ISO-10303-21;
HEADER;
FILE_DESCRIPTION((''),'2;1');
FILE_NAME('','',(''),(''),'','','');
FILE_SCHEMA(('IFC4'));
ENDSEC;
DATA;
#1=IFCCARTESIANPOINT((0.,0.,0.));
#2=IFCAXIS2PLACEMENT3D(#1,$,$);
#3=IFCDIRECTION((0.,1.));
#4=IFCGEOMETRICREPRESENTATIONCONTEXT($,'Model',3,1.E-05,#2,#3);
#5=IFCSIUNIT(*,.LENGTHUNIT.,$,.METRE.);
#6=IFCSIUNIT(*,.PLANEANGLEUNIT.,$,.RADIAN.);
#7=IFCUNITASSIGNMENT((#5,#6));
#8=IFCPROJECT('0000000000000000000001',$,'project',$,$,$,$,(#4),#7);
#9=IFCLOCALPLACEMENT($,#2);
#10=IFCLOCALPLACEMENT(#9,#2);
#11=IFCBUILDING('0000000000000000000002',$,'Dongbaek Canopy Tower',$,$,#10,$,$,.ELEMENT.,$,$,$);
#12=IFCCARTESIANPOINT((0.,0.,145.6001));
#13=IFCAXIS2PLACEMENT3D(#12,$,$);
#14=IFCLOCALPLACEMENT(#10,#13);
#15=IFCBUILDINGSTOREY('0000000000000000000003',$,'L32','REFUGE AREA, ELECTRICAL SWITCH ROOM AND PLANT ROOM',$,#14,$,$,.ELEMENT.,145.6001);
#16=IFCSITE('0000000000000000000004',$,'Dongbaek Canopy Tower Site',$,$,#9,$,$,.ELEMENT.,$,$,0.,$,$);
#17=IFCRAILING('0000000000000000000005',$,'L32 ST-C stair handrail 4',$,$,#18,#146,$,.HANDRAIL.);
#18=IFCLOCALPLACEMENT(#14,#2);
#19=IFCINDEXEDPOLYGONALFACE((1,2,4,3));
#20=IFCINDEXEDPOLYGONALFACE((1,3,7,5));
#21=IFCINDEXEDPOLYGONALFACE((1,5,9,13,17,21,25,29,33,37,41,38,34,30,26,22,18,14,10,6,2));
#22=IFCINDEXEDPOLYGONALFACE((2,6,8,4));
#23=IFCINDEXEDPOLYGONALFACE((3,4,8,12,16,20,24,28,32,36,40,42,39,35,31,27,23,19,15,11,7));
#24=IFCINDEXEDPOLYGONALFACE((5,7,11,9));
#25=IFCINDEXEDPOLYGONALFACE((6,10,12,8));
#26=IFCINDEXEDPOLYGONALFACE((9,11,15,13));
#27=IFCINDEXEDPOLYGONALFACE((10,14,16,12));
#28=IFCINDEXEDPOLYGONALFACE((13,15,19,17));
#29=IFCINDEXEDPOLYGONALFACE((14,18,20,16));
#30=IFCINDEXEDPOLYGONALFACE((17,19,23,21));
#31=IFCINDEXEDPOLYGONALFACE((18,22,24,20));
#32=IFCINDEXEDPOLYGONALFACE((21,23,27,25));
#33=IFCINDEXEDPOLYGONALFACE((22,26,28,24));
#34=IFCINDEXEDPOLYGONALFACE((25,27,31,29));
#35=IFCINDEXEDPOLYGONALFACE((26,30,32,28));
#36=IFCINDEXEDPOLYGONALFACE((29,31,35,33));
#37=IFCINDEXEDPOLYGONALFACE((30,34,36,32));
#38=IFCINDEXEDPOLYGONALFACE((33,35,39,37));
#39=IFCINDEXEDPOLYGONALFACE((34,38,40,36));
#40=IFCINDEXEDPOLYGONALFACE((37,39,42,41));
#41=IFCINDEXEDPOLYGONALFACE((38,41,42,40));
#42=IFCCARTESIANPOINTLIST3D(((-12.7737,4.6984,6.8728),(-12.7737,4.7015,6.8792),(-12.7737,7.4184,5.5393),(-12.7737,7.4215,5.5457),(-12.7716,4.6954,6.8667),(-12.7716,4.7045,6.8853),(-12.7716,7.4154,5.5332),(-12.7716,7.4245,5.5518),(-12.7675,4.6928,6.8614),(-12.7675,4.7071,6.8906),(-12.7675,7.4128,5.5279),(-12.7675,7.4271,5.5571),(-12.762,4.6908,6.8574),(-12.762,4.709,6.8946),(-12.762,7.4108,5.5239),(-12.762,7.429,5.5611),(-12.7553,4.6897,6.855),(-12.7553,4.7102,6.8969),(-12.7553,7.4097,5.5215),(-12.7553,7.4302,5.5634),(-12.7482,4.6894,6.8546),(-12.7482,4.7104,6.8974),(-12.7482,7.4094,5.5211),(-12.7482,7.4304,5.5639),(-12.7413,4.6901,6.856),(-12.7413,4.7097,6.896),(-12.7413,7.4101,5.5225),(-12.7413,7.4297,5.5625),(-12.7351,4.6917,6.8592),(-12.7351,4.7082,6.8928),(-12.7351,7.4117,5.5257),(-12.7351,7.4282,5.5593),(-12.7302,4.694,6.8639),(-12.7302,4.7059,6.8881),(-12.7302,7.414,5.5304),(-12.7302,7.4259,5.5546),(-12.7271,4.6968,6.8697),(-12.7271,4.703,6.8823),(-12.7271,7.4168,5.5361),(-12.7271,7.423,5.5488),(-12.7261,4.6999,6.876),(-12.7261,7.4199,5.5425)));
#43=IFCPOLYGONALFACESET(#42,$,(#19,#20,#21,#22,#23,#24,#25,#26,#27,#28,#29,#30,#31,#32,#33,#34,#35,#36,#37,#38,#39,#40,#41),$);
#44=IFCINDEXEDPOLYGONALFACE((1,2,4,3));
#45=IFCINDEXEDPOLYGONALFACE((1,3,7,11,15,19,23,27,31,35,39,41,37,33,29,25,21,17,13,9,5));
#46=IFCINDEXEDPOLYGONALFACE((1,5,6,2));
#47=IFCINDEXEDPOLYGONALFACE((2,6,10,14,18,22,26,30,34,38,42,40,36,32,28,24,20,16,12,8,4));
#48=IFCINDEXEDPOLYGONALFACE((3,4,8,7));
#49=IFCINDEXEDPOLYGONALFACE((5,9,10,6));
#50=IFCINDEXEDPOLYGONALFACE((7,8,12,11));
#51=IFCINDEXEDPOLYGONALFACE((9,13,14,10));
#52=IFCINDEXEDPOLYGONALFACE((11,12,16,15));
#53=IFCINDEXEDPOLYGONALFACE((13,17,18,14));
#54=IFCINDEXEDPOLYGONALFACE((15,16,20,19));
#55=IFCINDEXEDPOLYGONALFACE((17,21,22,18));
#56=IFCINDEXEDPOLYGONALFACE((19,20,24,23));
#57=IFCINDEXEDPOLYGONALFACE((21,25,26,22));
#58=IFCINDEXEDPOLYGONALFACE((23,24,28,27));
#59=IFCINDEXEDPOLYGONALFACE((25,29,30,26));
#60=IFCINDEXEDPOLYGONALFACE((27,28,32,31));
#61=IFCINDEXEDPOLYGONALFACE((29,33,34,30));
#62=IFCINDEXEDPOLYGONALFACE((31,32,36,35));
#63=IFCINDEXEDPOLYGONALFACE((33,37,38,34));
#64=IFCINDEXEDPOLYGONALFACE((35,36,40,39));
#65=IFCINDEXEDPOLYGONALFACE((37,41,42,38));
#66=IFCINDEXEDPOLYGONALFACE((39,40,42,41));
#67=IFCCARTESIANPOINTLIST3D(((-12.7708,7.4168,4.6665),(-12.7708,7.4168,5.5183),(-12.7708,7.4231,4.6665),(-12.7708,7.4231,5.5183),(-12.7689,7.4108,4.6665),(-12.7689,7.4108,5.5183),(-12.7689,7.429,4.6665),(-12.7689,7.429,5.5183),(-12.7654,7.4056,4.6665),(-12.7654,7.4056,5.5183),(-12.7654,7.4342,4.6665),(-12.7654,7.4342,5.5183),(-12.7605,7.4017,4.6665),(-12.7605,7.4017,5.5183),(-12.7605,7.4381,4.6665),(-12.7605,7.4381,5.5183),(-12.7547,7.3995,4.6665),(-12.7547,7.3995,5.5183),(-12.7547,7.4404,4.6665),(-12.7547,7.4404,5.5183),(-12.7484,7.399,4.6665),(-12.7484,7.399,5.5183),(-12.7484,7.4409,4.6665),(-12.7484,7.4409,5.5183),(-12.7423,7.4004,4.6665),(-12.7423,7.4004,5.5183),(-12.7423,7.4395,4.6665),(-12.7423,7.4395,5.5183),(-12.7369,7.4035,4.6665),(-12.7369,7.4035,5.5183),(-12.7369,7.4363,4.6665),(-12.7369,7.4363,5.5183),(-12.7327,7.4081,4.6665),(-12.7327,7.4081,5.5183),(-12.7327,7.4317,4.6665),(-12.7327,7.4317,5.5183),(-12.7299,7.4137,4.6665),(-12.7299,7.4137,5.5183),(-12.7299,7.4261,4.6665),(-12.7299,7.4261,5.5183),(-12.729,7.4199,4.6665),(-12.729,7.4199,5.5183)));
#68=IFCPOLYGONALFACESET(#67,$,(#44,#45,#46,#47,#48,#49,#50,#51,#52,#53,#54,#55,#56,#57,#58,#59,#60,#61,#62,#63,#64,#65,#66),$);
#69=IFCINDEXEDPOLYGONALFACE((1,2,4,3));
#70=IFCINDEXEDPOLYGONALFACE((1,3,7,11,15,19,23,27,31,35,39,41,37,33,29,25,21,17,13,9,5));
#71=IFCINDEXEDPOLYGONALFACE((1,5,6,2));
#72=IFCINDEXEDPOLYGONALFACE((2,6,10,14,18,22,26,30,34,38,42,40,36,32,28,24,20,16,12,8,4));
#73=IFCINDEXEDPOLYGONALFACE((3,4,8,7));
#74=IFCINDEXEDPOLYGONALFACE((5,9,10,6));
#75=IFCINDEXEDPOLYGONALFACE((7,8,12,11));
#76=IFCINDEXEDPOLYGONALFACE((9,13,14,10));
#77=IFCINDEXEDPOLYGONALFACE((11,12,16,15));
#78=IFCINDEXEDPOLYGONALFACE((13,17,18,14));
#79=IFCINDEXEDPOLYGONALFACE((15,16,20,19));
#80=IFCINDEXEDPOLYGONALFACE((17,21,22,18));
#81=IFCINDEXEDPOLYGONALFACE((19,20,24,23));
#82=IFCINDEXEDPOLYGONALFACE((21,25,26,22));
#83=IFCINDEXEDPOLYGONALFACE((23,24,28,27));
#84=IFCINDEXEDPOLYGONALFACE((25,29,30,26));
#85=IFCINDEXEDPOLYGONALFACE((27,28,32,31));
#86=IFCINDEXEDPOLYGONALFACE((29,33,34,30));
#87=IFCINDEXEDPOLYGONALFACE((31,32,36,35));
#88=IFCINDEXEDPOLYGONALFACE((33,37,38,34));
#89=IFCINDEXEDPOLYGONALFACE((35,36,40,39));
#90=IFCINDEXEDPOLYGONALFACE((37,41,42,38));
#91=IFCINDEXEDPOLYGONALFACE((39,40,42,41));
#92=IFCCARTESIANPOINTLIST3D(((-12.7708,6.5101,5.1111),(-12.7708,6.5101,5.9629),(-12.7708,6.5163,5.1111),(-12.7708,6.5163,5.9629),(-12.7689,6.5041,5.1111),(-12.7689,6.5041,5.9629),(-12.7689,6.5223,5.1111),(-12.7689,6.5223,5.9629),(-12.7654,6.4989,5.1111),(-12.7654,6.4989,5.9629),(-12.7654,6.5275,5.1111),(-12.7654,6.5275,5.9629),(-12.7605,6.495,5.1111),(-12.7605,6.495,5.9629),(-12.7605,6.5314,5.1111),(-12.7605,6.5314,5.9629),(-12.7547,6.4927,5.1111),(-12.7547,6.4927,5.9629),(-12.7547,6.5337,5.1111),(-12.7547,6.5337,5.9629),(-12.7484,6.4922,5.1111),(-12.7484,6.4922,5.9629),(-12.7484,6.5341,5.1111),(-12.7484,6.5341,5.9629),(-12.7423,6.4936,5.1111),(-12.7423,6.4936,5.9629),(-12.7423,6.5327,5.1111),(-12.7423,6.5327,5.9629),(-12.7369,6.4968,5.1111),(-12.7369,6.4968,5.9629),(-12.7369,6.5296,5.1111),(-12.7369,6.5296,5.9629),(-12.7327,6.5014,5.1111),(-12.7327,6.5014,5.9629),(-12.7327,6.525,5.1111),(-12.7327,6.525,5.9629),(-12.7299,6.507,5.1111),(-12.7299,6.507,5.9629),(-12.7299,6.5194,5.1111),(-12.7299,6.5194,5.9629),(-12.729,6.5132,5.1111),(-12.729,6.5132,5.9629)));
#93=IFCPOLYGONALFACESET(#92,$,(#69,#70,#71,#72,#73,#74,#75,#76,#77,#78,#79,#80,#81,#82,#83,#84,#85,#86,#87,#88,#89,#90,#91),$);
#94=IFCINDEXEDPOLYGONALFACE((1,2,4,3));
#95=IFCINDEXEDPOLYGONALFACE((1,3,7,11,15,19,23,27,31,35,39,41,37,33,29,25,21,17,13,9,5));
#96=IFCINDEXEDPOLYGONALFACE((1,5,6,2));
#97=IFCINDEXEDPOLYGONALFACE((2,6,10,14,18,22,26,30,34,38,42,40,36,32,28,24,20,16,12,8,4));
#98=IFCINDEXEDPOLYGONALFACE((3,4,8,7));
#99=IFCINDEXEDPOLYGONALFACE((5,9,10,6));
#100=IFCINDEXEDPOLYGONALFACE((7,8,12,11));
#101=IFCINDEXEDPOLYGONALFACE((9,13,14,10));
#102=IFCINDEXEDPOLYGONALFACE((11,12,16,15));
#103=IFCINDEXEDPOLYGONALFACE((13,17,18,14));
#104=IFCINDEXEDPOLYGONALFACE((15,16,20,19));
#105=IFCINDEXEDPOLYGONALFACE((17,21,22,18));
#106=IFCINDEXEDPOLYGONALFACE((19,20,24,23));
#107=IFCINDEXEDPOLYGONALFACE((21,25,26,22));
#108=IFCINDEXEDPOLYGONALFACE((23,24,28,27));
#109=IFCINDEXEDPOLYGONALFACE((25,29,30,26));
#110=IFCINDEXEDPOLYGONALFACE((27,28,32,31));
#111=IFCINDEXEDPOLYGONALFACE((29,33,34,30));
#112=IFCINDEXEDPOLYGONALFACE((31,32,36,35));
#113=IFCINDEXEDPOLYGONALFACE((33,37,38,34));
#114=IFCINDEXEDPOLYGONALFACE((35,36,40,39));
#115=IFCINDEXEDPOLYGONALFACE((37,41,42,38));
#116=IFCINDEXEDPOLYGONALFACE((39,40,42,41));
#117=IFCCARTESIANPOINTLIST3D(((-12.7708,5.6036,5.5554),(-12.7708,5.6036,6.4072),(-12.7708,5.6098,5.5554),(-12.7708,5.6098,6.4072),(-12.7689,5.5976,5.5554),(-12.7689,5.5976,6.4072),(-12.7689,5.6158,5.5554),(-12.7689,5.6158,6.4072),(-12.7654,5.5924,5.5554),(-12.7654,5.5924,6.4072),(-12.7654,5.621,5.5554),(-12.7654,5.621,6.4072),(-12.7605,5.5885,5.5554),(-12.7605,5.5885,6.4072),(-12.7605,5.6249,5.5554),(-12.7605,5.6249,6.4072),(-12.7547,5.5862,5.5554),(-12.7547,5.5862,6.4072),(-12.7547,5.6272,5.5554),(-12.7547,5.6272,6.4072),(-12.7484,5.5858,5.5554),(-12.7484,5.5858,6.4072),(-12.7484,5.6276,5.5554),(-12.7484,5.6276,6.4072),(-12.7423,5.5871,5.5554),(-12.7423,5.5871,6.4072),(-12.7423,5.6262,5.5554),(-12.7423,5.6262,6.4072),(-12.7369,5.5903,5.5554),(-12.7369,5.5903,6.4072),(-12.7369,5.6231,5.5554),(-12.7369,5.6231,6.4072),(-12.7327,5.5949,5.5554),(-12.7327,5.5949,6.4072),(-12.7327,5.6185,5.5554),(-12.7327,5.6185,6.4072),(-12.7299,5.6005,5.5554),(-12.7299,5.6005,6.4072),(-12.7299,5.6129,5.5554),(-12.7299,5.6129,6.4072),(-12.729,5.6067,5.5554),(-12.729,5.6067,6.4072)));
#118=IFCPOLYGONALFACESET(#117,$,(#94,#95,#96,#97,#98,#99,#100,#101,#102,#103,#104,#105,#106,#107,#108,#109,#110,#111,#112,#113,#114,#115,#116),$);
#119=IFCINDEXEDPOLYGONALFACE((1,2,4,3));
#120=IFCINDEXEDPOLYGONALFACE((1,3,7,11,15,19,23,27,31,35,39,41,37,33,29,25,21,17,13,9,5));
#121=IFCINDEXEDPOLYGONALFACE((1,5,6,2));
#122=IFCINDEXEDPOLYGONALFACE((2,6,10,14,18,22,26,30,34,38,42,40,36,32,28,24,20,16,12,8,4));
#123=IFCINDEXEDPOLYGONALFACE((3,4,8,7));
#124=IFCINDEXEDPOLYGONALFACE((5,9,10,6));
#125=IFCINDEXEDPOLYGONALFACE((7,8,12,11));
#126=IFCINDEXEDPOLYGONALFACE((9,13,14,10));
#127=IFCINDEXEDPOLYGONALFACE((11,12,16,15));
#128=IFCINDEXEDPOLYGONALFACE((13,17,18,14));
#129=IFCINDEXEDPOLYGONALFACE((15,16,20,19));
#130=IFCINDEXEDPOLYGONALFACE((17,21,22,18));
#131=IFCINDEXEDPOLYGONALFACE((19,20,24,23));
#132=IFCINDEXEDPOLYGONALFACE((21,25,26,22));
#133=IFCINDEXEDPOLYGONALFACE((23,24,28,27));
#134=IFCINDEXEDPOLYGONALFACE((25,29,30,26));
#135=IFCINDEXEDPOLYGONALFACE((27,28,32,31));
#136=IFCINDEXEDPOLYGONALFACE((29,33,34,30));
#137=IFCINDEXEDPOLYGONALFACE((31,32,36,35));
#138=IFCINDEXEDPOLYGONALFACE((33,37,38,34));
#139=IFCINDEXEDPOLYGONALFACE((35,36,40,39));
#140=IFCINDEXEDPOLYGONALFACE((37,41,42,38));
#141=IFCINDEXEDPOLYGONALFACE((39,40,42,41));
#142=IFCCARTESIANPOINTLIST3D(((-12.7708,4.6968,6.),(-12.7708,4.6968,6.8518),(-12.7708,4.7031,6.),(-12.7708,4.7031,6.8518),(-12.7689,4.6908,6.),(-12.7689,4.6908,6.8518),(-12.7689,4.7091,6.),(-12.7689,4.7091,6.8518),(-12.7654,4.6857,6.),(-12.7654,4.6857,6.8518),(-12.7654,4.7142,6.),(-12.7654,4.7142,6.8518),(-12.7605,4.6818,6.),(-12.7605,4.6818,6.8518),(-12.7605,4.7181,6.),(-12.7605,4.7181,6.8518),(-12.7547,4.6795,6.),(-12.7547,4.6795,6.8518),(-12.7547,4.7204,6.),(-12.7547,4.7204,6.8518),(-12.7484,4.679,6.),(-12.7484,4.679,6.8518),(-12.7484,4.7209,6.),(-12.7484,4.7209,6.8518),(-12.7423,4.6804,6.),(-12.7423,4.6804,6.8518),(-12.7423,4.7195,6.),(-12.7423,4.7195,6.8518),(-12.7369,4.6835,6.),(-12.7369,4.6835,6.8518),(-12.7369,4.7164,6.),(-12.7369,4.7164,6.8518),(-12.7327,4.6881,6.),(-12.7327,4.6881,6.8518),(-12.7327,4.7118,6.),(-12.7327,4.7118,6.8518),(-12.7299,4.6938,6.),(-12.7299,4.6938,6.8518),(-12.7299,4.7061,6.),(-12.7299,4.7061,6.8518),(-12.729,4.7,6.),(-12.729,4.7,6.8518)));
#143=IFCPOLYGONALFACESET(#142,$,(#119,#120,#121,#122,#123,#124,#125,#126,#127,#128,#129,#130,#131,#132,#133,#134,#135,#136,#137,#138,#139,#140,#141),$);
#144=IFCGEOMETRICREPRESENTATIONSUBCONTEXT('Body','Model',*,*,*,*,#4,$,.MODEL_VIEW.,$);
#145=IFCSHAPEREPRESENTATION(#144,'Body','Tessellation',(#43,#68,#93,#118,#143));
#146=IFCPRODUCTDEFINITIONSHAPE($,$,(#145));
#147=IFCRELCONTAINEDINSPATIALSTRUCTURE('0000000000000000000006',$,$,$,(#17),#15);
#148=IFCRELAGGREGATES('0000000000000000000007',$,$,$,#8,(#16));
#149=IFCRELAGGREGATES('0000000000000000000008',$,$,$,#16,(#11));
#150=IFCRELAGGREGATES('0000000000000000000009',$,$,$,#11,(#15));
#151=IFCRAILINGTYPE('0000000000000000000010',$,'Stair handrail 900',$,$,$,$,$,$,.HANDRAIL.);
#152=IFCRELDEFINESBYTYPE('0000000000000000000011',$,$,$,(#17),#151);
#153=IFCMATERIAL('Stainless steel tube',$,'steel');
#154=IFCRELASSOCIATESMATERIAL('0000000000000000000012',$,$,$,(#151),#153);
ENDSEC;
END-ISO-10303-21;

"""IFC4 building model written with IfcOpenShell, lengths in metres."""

from ifc_helpers import new_model, si_unit, direction, frame, origin, origin_2d, place, context, subcontext, project, spatial, circle, extrude, material, type_object, element, save


model = new_model("IFC4")

# Units and contexts
model_context = context("Model", 3, precision=1e-05, world=origin(), true_north=direction((0.0, 1.0)))
body_context = subcontext(model_context, "Body", "Model", "MODEL_VIEW")
ifc_project = project(units=[si_unit("LENGTHUNIT", "METRE"), si_unit("PLANEANGLEUNIT", "RADIAN")], contexts=[model_context])

# Site, building, storey
site_placement = place(None, origin())
site = spatial("IfcSite", under=ifc_project, at=site_placement, Name="Dongbaek Canopy Tower Site", CompositionType="ELEMENT", RefElevation=0.0)
building_placement = place(site_placement, origin())
building = spatial("IfcBuilding", under=site, at=building_placement, Name="Dongbaek Canopy Tower", CompositionType="ELEMENT")
storey_placement = place(building_placement, frame((0.0, 0.0, 145.6001)))
storey = spatial("IfcBuildingStorey", under=building, at=storey_placement, Name="L32", Description="REFUGE AREA, ELECTRICAL SWITCH ROOM AND PLANT ROOM", CompositionType="ELEMENT", Elevation=145.6001)

# Railing
ifc_material_1 = material(Name="Stainless steel tube", Category="steel")
railing_type_1 = type_object("IfcRailingType", Name="Stair handrail 900", PredefinedType="HANDRAIL", material=ifc_material_1)
for number, where, name in (
    (1, (-12.75, 7.4199, 4.6665), "L32 ST-C stair handrail 4"),
):
    element("IfcRailing", number, at=place(storey_placement, frame(where)), inside=storey, type_object=railing_type_1, Name=name, PredefinedType="HANDRAIL", context=body_context, shape_type="SweptSolid", body=[
        extrude(circle(Radius=0.0239, at=origin_2d()), frame((0.0, 0.0, 0.876), z_axis=(0.0, -0.897898, 0.440204), x_axis=(1.0, 0.0, 0.0)), (0.0, 0.0, 1.0), 3.0293),
        extrude(circle(Radius=0.021, at=origin_2d()), origin(), (0.0, 0.0, 1.0), 0.8518),
        extrude(circle(Radius=0.021, at=origin_2d()), frame((0.0, -0.9067, 0.4446)), (0.0, 0.0, 1.0), 0.8518),
        extrude(circle(Radius=0.021, at=origin_2d()), frame((0.0, -1.8132, 0.8889)), (0.0, 0.0, 1.0), 0.8518),
        extrude(circle(Radius=0.021, at=origin_2d()), frame((0.0, -2.72, 1.3335)), (0.0, 0.0, 1.0), 0.8518),
    ])

save(model, "model.ifc")
